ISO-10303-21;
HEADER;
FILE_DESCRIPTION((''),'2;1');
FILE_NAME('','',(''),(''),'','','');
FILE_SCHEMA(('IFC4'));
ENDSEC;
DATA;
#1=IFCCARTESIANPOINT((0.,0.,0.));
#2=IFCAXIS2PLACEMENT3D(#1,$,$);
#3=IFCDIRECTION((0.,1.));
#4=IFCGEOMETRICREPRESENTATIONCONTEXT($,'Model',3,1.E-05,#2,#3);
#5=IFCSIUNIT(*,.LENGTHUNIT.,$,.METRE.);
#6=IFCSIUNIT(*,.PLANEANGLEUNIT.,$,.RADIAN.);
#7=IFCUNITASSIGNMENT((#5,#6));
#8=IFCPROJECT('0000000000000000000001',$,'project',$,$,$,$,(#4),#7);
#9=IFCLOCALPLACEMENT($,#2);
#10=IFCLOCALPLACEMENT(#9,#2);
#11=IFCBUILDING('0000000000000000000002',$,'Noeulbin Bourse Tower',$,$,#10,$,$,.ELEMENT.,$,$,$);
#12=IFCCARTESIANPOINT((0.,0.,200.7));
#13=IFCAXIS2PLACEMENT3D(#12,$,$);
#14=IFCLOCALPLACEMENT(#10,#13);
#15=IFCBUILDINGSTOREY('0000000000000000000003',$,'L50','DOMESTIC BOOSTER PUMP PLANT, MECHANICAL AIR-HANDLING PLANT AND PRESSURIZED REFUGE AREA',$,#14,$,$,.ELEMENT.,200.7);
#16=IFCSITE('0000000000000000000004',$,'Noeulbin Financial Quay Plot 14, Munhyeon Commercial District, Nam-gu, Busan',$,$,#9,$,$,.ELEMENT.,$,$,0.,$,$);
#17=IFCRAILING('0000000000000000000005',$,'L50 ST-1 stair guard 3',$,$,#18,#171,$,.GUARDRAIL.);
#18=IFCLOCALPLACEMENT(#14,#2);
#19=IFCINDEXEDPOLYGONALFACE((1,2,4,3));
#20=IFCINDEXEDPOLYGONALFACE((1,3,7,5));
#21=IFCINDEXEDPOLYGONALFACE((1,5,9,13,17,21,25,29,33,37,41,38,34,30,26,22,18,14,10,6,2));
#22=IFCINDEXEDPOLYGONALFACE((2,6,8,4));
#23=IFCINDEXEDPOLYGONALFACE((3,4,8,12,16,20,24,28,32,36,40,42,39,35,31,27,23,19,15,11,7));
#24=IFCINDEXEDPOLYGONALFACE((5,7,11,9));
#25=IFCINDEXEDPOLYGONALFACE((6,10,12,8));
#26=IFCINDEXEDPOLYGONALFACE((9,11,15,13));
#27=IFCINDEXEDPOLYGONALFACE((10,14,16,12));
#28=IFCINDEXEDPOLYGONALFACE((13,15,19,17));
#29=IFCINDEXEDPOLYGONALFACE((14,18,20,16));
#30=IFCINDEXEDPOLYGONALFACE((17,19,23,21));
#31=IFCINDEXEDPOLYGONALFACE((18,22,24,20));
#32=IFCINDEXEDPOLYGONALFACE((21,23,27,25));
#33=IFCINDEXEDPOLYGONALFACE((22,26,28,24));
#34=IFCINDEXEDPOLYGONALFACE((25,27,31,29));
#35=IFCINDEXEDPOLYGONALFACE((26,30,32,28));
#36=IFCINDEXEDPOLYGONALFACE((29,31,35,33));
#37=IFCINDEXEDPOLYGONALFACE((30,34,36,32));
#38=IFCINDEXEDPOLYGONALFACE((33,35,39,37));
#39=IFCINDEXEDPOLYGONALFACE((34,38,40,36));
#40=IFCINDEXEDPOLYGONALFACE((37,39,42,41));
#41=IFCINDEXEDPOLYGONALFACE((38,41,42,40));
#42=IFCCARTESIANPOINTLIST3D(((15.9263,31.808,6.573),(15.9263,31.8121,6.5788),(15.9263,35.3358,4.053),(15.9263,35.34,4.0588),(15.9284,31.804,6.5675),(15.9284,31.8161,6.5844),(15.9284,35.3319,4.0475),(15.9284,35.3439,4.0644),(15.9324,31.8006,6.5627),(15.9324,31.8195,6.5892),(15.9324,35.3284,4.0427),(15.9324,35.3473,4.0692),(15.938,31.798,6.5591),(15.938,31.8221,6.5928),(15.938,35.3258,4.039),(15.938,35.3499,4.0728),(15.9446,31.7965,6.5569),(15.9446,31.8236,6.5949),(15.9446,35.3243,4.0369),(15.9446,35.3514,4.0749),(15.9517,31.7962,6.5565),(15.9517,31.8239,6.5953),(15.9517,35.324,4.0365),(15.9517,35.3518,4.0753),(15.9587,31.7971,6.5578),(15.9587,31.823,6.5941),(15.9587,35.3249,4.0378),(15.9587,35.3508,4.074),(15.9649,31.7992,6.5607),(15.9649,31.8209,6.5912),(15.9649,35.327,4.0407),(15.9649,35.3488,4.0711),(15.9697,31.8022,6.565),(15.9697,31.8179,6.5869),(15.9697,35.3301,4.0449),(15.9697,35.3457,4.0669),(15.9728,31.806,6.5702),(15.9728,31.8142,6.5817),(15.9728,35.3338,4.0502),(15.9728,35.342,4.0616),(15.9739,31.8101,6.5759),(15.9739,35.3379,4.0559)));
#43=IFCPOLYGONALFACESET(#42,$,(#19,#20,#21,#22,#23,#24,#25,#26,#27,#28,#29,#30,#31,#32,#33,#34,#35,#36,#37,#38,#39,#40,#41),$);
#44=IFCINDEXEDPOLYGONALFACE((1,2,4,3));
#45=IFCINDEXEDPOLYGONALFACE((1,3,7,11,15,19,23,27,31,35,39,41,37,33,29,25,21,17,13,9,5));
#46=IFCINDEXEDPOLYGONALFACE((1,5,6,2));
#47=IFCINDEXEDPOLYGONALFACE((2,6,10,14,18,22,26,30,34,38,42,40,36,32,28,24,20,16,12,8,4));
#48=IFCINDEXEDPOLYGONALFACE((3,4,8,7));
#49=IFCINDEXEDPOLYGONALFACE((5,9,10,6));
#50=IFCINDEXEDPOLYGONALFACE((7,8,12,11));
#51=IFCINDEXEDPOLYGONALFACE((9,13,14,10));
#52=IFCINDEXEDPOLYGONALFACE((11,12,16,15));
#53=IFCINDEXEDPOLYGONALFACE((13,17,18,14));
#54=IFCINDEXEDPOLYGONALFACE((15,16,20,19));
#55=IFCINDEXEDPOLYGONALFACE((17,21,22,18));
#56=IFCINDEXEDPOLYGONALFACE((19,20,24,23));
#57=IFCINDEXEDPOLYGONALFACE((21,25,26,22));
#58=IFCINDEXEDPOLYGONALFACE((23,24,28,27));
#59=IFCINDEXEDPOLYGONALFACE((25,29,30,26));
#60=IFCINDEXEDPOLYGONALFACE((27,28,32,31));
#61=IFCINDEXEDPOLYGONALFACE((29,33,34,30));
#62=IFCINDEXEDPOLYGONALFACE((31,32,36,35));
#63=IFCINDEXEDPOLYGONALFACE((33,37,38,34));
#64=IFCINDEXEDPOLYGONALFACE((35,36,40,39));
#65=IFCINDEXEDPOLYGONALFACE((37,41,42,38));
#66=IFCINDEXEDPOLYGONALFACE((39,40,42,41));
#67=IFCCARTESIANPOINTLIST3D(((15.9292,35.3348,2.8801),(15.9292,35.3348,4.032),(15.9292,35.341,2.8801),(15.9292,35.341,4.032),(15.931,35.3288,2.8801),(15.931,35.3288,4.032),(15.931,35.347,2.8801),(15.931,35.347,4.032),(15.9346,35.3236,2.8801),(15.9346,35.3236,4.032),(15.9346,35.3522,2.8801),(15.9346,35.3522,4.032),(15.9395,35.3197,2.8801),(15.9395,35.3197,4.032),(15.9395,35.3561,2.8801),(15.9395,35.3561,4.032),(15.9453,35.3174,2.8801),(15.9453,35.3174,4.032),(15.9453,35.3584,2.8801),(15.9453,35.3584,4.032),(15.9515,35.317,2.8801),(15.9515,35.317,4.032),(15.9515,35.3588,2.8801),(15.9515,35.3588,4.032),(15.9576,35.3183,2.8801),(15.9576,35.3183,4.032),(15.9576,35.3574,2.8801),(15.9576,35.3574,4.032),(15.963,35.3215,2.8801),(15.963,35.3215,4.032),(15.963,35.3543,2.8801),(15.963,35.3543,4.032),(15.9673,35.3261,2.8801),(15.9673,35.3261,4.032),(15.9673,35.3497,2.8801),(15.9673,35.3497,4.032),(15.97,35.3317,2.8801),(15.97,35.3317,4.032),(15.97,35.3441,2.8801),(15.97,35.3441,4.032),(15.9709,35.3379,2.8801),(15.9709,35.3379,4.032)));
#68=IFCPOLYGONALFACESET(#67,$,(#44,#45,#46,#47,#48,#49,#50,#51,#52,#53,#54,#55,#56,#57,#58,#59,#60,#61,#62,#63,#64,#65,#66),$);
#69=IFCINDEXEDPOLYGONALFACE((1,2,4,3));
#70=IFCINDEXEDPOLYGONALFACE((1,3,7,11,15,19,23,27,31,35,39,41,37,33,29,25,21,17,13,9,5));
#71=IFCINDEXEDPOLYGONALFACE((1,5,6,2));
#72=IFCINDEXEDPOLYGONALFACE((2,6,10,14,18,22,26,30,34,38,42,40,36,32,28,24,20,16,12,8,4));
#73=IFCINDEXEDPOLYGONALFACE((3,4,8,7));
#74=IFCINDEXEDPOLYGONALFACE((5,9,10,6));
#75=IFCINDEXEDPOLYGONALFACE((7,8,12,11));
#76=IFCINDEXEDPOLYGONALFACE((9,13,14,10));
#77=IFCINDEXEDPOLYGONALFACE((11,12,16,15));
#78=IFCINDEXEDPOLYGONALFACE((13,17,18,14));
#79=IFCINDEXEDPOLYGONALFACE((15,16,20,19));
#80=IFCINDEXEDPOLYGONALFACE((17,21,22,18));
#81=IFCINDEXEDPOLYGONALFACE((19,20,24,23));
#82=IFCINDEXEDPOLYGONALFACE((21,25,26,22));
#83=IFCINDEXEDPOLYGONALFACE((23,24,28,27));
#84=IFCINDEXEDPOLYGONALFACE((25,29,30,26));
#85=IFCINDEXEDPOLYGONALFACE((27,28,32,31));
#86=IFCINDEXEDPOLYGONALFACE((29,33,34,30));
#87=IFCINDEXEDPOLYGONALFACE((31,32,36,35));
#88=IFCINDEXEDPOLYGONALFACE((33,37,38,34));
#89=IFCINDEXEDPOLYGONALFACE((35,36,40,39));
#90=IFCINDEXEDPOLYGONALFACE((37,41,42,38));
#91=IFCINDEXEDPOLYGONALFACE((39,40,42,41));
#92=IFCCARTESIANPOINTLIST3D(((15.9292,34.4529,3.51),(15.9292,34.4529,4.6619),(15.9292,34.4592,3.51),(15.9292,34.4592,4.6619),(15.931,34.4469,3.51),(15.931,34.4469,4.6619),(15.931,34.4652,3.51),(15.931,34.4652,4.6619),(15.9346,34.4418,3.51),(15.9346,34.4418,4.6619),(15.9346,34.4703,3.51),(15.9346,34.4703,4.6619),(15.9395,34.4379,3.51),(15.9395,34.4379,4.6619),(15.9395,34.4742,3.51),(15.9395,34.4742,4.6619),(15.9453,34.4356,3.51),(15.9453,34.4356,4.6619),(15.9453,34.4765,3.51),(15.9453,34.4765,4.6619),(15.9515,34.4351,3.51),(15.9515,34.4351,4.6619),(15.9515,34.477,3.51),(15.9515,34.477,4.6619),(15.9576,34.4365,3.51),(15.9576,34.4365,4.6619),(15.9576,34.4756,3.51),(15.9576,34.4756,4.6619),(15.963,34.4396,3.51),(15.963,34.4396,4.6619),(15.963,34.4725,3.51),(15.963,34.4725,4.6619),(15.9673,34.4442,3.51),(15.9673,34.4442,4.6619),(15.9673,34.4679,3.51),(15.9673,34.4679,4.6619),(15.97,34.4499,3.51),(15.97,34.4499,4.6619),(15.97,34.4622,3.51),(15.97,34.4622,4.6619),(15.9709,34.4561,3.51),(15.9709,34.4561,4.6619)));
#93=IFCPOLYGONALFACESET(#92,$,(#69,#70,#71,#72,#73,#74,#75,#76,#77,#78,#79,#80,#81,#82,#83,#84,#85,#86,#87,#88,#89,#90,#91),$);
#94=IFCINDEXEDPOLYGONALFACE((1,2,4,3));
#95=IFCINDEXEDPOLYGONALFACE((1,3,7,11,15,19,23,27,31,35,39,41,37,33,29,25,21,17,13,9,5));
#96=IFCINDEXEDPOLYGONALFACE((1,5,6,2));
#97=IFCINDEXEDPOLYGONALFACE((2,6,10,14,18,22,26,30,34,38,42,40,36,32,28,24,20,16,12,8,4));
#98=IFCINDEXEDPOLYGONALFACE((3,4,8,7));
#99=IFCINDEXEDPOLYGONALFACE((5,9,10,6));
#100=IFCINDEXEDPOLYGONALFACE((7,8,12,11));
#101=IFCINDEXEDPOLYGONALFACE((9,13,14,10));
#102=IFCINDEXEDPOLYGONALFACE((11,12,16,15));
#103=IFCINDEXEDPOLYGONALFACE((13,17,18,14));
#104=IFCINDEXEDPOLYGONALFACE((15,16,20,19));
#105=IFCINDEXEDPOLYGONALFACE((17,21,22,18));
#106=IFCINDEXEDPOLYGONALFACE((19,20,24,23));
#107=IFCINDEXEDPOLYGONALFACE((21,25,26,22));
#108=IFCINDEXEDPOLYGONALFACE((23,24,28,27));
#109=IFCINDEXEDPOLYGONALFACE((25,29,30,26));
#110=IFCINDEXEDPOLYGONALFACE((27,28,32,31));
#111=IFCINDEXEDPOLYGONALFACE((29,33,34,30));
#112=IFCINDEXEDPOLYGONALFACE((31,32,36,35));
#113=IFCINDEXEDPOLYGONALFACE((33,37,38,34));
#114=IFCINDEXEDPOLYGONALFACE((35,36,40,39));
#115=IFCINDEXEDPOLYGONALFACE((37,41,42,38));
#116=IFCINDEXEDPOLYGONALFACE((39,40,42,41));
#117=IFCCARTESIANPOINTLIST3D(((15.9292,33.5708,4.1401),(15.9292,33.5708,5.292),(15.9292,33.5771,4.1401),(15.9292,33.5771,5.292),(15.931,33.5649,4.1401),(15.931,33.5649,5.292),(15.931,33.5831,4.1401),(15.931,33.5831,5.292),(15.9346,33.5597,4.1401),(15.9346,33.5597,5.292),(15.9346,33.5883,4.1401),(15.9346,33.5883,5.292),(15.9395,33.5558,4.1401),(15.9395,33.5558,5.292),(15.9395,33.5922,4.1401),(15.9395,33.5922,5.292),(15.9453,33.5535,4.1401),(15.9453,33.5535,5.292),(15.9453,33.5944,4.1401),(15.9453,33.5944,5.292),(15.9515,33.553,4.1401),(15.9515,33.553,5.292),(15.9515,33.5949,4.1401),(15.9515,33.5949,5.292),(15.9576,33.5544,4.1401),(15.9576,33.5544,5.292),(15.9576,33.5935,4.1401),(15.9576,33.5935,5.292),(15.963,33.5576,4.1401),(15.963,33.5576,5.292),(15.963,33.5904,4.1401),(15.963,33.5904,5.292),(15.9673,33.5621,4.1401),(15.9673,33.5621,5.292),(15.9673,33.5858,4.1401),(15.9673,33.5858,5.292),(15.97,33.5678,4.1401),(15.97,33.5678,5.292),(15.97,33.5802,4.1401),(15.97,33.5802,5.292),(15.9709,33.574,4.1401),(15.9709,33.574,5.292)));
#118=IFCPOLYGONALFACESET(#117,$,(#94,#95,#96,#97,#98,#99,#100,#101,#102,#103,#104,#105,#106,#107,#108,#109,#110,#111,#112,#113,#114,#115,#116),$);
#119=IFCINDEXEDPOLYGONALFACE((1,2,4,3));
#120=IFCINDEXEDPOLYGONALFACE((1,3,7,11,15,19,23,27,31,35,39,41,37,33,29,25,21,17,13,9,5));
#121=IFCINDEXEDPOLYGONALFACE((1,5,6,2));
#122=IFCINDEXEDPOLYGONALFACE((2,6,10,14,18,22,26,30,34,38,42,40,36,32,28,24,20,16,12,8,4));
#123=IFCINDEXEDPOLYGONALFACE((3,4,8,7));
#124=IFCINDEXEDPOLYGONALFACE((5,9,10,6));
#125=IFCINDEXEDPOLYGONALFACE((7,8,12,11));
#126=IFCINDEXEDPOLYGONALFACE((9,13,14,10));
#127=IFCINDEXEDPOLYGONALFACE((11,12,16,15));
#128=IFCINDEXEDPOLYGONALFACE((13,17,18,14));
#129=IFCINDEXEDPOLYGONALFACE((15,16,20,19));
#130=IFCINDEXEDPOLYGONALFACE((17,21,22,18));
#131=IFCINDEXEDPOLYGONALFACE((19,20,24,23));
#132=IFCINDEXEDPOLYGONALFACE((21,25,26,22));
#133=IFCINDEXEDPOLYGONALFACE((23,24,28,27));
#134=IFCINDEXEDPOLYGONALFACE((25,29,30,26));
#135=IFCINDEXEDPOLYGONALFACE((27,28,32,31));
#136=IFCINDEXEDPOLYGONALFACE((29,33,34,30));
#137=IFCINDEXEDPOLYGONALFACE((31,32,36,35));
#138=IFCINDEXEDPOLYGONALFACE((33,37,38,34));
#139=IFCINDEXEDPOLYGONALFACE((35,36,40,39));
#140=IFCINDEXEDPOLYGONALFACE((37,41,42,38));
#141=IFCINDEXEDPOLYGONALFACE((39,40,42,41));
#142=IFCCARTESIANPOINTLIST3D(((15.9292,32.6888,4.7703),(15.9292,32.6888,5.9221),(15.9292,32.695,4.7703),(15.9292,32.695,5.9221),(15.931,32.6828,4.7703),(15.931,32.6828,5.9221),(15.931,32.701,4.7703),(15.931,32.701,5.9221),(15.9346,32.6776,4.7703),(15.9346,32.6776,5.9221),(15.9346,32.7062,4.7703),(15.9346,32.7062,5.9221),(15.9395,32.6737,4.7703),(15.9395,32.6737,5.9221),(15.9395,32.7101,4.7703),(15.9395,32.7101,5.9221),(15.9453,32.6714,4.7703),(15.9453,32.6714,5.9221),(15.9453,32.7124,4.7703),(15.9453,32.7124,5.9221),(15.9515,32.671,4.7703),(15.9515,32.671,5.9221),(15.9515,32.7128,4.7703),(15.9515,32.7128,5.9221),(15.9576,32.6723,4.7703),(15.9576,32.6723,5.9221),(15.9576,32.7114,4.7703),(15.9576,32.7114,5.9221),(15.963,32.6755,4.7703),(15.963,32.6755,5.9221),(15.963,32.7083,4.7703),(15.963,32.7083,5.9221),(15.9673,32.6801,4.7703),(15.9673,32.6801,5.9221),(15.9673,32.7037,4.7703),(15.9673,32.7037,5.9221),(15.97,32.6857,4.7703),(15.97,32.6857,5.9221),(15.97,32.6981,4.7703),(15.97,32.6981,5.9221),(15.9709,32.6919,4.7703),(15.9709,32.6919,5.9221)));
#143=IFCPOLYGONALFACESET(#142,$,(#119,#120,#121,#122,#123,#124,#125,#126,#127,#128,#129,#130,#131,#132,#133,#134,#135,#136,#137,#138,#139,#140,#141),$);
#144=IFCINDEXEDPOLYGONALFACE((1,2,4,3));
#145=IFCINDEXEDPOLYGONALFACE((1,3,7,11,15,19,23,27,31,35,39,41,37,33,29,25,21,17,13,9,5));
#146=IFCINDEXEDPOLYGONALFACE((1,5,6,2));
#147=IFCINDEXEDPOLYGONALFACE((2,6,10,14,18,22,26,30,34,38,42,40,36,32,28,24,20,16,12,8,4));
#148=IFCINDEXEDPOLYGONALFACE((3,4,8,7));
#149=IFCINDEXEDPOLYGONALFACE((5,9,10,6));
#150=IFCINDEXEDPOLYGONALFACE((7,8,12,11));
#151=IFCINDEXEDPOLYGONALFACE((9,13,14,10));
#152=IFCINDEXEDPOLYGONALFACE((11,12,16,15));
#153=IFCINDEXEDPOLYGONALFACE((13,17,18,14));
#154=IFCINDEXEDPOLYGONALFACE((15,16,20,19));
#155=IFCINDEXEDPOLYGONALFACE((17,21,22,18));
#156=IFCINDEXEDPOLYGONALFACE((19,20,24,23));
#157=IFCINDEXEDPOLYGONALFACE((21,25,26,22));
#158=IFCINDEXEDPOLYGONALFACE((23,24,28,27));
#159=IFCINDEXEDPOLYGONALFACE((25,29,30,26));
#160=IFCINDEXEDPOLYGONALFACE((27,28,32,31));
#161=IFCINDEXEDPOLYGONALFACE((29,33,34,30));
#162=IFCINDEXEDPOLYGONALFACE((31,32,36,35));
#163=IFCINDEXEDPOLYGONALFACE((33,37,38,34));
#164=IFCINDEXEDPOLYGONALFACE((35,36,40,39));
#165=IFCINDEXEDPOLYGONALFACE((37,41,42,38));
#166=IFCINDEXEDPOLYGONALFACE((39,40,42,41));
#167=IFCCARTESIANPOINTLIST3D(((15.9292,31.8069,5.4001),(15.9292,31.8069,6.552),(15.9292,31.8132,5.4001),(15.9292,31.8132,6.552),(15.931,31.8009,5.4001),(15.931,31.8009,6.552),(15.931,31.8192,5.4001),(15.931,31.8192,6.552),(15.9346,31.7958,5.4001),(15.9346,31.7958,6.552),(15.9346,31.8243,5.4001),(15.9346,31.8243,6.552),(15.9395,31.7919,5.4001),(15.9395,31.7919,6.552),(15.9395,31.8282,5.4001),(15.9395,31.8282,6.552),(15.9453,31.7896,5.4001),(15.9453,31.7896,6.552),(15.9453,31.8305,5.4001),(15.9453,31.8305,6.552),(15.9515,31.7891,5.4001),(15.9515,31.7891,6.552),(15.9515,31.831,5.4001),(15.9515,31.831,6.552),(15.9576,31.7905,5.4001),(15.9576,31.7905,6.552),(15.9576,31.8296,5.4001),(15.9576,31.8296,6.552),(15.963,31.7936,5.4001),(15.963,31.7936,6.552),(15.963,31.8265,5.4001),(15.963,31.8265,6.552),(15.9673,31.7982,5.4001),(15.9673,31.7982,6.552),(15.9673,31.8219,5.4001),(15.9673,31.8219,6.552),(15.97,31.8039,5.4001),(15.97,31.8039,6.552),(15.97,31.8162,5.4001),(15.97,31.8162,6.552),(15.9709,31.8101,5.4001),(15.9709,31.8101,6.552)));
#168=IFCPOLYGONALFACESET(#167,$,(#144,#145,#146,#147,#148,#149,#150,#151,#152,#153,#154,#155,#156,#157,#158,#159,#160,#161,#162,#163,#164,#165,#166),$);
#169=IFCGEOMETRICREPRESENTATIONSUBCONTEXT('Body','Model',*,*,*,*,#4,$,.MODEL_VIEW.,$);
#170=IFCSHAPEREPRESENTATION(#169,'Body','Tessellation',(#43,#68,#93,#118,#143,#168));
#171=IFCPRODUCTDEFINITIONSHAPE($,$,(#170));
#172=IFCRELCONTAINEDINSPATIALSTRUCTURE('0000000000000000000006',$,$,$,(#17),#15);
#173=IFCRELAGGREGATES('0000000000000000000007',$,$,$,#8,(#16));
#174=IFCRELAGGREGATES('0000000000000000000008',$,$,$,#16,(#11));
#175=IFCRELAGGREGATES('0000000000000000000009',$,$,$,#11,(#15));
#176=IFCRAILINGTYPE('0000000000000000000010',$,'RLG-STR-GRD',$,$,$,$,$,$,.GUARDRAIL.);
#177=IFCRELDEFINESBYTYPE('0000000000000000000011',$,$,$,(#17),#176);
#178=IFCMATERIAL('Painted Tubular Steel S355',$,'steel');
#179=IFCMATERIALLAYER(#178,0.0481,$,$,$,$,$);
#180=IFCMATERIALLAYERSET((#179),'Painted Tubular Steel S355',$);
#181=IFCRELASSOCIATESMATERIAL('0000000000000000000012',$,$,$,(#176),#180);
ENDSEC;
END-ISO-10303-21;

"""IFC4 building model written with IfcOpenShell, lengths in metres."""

from ifc_helpers import new_model, si_unit, direction, frame, origin, origin_2d, place, context, subcontext, project, spatial, circle, extrude, material, layer, layer_set, type_object, element, save


model = new_model("IFC4")

# Units and contexts
model_context = context("Model", 3, precision=1e-05, world=origin(), true_north=direction((0.0, 1.0)))
body_context = subcontext(model_context, "Body", "Model", "MODEL_VIEW")
ifc_project = project(units=[si_unit("LENGTHUNIT", "METRE"), si_unit("PLANEANGLEUNIT", "RADIAN")], contexts=[model_context])

# Site, building, storey
site_placement = place(None, origin())
site = spatial("IfcSite", under=ifc_project, at=site_placement, Name="Noeulbin Financial Quay Plot 14, Munhyeon Commercial District, Nam-gu, Busan", CompositionType="ELEMENT", RefElevation=0.0)
building_placement = place(site_placement, origin())
building = spatial("IfcBuilding", under=site, at=building_placement, Name="Noeulbin Bourse Tower", CompositionType="ELEMENT")
storey_placement = place(building_placement, frame((0.0, 0.0, 200.7)))
storey = spatial("IfcBuildingStorey", under=building, at=storey_placement, Name="L50", Description="DOMESTIC BOOSTER PUMP PLANT, MECHANICAL AIR-HANDLING PLANT AND PRESSURIZED REFUGE AREA", CompositionType="ELEMENT", Elevation=200.7)

# Railing
ifc_material_1 = material(Name="Painted Tubular Steel S355", Category="steel")
ifc_layer_1 = layer(ifc_material_1, 0.0481)
ifc_layer_set_1 = layer_set([ifc_layer_1], Name="Painted Tubular Steel S355")
railing_type_1 = type_object("IfcRailingType", Name="RLG-STR-GRD", PredefinedType="GUARDRAIL", material=ifc_layer_set_1)
railing_1_placement = place(storey_placement, frame((15.95, 35.3379, 2.8801)))
element("IfcRailing", 1, at=railing_1_placement, inside=storey, type_object=railing_type_1, Name="L50 ST-1 stair guard 3", PredefinedType="GUARDRAIL", context=body_context, shape_type="SweptSolid", body=[
    extrude(circle(Radius=0.0239, at=origin_2d()), frame((0.0, 0.0, 1.1758), z_axis=(0.0, -0.813718, 0.58126), x_axis=(1.0, 0.0, 0.0)), (0.0, 0.0, 1.0), 4.3354),
    extrude(circle(Radius=0.021, at=origin_2d()), origin(), (0.0, 0.0, 1.0), 1.1519),
    extrude(circle(Radius=0.021, at=origin_2d()), frame((0.0, -0.8818, 0.6299)), (0.0, 0.0, 1.0), 1.1519),
    extrude(circle(Radius=0.021, at=origin_2d()), frame((0.0, -1.7639, 1.26)), (0.0, 0.0, 1.0), 1.1519),
    extrude(circle(Radius=0.021, at=origin_2d()), frame((0.0, -2.646, 1.8901)), (0.0, 0.0, 1.0), 1.1519),
    extrude(circle(Radius=0.021, at=origin_2d()), frame((0.0, -3.5278, 2.52)), (0.0, 0.0, 1.0), 1.1519),
])

save(model, "model.ifc")
